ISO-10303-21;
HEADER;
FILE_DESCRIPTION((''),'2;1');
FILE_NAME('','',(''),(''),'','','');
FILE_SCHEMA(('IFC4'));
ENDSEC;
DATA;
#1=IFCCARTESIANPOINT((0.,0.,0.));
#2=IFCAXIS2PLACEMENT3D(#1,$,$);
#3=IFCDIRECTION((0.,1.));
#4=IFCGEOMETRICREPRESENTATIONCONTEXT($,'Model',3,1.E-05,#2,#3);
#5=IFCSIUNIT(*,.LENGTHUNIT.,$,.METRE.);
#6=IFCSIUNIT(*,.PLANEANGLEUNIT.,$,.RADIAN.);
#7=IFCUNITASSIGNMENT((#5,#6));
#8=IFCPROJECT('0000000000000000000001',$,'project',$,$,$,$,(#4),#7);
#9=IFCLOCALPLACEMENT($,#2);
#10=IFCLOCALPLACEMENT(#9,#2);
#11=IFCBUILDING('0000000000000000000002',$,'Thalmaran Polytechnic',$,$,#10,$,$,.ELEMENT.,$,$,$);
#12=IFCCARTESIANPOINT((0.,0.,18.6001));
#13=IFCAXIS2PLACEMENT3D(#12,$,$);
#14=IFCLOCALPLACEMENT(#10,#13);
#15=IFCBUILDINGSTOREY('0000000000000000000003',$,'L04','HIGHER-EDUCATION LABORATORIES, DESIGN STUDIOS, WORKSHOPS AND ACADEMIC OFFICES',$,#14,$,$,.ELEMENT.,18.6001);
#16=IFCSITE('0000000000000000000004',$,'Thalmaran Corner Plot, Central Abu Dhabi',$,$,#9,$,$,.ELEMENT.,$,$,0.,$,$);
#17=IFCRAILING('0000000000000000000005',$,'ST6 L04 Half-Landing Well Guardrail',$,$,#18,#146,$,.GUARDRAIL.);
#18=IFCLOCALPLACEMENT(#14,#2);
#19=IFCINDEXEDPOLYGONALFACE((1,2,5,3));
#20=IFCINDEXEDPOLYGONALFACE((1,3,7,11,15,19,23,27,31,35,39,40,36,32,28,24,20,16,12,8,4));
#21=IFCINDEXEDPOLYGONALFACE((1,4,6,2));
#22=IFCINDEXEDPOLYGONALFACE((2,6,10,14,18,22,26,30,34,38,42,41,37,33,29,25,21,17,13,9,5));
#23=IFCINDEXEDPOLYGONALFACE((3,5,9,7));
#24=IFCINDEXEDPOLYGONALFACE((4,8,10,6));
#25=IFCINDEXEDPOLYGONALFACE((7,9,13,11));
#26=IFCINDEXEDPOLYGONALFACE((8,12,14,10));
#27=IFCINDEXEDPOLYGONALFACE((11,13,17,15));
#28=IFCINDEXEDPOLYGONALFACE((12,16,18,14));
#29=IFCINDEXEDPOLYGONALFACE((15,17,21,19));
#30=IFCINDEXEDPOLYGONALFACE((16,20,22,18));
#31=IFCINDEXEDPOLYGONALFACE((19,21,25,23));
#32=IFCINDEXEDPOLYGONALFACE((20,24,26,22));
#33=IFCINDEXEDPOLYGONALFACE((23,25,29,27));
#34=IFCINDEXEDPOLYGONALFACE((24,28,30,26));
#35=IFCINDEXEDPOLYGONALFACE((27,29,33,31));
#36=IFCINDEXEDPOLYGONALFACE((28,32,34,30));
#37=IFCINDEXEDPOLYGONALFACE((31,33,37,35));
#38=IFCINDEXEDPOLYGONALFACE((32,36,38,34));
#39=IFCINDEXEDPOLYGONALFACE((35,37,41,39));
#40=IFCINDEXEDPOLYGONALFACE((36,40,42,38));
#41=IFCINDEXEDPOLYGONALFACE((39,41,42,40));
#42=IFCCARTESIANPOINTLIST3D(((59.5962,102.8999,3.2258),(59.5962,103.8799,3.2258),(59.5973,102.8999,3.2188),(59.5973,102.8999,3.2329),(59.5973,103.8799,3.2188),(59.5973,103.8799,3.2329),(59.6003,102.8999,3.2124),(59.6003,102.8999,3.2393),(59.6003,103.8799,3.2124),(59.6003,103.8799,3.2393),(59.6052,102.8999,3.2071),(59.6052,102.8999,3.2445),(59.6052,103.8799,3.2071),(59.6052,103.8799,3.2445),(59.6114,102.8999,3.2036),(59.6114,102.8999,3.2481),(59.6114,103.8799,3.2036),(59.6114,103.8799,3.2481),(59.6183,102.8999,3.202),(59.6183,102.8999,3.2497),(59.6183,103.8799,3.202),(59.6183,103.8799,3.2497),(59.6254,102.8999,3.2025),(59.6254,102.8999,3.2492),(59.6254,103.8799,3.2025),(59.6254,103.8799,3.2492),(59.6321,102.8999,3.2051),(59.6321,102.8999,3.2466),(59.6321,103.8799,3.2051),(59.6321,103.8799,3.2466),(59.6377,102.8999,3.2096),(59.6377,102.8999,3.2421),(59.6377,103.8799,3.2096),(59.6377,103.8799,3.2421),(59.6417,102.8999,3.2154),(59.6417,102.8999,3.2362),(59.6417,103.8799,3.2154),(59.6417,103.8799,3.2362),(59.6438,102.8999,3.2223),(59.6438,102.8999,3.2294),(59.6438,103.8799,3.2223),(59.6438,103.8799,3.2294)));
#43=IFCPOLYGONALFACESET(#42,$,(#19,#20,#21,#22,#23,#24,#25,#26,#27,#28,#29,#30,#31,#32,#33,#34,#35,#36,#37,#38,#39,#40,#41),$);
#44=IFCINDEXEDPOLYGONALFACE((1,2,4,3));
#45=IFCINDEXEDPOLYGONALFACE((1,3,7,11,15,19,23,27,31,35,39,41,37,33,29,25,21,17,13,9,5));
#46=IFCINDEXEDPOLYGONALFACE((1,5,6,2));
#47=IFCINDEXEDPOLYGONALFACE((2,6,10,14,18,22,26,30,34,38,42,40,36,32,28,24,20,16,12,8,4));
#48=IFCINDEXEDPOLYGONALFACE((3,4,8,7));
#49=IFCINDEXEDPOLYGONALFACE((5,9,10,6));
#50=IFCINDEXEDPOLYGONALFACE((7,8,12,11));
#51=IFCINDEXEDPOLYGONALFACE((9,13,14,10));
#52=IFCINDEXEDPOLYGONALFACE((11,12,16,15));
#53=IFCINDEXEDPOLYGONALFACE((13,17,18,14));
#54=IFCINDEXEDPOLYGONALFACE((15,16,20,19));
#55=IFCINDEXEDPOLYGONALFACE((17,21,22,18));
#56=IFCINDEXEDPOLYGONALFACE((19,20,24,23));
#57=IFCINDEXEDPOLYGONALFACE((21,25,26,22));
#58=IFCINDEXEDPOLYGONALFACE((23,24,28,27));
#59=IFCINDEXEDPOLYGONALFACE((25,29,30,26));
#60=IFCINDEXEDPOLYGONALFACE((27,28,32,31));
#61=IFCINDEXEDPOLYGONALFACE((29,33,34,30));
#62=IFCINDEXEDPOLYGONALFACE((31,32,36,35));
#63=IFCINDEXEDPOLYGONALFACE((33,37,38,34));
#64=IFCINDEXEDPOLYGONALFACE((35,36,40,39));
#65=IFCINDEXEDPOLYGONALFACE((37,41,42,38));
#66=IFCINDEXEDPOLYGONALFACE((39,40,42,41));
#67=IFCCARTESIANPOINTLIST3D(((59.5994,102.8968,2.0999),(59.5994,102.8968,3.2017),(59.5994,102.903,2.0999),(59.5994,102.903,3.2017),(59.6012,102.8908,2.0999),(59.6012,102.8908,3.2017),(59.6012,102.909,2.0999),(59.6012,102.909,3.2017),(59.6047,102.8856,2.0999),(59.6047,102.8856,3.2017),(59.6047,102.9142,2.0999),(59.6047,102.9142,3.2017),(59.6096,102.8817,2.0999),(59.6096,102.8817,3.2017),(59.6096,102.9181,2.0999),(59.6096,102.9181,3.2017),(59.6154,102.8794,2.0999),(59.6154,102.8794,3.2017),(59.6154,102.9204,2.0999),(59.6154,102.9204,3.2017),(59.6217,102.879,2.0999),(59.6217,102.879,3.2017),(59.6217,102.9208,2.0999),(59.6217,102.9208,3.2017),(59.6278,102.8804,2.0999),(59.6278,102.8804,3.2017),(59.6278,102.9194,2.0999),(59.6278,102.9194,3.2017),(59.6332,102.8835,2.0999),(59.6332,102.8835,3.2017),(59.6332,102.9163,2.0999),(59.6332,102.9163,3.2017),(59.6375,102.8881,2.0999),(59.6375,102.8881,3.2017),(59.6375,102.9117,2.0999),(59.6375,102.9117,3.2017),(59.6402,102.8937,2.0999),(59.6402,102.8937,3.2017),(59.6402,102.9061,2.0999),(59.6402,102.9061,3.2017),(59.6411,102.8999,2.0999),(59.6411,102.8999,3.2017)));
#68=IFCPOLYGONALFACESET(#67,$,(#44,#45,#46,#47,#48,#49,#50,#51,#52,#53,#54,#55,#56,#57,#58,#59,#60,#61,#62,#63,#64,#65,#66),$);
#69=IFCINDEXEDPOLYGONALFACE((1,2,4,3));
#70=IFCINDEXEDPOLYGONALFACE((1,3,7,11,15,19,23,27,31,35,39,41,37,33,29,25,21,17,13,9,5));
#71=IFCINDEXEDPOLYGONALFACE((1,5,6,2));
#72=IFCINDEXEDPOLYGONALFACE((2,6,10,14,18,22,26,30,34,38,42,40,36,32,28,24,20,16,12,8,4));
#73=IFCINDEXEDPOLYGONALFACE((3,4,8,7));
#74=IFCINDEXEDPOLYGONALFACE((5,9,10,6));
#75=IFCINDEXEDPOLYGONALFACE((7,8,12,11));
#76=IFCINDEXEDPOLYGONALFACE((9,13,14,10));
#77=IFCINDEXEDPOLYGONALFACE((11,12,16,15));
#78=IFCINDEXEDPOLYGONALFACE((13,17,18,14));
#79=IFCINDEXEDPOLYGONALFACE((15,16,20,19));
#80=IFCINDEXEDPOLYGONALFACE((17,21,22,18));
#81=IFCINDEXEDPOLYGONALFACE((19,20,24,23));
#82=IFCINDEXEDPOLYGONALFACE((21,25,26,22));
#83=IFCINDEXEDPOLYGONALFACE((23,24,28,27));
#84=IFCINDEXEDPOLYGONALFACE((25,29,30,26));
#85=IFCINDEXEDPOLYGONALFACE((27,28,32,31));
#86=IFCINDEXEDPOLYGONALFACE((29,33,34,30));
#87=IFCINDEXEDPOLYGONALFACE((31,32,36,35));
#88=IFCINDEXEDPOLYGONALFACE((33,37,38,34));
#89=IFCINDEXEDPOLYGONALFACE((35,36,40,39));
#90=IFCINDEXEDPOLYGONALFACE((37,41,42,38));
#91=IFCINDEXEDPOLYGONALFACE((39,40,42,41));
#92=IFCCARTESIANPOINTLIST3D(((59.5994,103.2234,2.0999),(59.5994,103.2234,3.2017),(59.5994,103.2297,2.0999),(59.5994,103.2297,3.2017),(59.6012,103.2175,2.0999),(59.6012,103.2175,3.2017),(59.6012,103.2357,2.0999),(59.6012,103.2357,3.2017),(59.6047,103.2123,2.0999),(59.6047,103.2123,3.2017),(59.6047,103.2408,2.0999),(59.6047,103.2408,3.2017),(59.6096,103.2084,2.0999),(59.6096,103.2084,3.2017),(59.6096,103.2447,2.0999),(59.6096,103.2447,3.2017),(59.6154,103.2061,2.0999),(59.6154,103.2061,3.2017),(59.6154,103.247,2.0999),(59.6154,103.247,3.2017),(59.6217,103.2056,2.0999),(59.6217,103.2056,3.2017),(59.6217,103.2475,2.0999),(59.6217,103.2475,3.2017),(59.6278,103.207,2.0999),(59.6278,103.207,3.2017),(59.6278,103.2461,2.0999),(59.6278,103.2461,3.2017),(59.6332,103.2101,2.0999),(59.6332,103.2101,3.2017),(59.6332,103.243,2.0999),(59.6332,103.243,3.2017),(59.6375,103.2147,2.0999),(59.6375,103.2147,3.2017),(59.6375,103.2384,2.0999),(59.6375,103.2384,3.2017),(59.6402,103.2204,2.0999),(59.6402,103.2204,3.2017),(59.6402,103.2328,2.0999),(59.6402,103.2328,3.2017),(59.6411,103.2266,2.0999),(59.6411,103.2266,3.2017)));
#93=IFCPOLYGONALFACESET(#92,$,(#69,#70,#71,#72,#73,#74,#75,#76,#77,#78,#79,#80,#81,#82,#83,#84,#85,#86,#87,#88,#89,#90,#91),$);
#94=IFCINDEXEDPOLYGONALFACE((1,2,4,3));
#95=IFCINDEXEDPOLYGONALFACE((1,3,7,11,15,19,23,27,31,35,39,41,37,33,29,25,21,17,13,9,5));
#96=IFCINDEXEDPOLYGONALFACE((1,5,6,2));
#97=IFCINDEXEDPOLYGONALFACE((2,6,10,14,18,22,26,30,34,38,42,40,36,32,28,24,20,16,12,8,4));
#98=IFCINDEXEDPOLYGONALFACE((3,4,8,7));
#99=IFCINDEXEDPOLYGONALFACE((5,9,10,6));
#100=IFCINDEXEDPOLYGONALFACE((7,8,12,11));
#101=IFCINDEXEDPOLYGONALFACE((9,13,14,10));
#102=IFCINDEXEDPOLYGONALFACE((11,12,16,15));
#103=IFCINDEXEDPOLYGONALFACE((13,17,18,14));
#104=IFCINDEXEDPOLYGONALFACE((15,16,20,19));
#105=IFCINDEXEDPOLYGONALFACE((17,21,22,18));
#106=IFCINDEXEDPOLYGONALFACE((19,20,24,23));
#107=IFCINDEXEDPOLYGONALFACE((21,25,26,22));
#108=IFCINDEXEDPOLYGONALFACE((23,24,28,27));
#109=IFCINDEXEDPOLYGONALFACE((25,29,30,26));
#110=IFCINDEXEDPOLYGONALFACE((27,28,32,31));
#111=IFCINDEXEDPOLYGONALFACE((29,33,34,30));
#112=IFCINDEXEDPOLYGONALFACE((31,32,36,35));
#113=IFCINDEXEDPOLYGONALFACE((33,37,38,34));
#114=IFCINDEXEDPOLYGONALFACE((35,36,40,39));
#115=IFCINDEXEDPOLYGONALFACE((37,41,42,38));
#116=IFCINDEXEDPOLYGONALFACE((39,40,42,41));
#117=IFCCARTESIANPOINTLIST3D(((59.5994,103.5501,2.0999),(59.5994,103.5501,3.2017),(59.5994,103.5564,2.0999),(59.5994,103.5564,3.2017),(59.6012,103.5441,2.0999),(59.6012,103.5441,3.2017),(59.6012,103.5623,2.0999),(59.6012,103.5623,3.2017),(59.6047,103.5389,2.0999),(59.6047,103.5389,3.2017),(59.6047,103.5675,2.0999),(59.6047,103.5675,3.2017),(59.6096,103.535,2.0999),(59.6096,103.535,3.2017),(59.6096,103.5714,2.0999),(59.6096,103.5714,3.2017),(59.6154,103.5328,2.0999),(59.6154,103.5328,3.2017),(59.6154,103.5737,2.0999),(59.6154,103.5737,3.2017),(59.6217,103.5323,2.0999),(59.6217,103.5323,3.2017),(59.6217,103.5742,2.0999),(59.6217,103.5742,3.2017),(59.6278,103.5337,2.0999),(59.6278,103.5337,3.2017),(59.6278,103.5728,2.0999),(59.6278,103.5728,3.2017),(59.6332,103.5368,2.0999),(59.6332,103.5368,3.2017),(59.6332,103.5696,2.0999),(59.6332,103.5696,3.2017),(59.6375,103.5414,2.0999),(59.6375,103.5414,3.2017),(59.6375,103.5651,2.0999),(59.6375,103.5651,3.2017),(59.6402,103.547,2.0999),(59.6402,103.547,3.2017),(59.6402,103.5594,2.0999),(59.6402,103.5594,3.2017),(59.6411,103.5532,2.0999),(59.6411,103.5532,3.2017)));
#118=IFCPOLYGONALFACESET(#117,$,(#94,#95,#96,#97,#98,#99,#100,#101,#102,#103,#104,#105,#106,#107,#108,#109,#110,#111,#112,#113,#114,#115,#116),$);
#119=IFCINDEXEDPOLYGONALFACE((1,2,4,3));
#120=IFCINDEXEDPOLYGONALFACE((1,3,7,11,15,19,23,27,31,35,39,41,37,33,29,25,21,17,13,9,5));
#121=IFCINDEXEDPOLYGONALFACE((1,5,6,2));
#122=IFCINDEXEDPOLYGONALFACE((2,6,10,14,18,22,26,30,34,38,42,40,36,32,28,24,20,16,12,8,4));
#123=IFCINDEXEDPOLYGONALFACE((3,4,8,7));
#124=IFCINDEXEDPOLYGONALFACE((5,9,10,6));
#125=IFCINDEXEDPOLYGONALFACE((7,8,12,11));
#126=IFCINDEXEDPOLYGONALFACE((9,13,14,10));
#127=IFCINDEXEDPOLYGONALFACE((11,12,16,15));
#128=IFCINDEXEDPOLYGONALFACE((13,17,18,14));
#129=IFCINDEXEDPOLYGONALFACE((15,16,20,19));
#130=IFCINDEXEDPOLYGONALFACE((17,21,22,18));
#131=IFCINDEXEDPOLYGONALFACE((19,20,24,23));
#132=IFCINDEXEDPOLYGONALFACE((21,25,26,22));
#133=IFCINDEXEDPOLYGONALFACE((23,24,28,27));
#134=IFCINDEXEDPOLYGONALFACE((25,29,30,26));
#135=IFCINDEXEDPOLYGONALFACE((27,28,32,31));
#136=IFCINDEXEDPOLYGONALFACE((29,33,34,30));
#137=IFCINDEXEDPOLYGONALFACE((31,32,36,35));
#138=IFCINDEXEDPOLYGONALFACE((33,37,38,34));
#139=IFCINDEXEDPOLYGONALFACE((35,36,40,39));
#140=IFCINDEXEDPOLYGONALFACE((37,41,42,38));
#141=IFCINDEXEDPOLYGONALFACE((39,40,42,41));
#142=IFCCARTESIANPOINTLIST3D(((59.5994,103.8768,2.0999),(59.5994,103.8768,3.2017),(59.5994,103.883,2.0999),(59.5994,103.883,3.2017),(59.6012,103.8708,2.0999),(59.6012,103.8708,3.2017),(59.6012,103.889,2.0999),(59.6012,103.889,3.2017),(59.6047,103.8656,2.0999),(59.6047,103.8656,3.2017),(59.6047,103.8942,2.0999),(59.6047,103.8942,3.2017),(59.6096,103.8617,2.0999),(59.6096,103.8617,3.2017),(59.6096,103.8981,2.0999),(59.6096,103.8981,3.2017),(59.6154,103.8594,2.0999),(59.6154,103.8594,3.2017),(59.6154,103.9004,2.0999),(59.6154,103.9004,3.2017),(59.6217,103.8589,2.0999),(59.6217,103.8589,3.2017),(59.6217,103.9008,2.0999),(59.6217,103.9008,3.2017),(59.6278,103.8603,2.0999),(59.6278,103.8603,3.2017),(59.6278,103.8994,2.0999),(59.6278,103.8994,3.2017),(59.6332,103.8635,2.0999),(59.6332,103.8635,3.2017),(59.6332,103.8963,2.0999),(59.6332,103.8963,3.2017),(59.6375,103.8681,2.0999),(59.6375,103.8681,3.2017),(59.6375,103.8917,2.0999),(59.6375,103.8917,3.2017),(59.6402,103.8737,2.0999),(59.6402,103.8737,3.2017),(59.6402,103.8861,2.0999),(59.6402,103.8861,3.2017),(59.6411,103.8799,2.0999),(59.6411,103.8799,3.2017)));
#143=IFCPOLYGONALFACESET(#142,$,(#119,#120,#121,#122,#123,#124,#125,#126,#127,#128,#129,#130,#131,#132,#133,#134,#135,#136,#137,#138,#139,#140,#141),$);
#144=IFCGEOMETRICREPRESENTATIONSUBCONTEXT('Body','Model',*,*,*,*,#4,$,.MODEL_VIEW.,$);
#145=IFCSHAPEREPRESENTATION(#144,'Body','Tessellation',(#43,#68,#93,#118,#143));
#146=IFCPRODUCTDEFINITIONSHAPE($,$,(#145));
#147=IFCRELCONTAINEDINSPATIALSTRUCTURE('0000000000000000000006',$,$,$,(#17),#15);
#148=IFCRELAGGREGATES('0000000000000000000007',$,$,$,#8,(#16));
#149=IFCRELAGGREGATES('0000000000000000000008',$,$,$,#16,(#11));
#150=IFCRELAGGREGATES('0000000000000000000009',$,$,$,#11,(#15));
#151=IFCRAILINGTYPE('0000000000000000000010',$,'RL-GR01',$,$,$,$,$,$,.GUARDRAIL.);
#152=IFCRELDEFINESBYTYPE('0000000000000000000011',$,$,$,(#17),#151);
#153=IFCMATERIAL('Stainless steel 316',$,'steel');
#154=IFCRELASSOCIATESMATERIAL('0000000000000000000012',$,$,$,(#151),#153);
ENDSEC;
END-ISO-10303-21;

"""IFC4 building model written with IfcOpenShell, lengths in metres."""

from ifc_helpers import new_model, si_unit, direction, frame, origin, origin_2d, place, context, subcontext, project, spatial, circle, extrude, material, type_object, element, save


model = new_model("IFC4")

# Units and contexts
model_context = context("Model", 3, precision=1e-05, world=origin(), true_north=direction((0.0, 1.0)))
body_context = subcontext(model_context, "Body", "Model", "MODEL_VIEW")
ifc_project = project(units=[si_unit("LENGTHUNIT", "METRE"), si_unit("PLANEANGLEUNIT", "RADIAN")], contexts=[model_context])

# Site, building, storey
site_placement = place(None, origin())
site = spatial("IfcSite", under=ifc_project, at=site_placement, Name="Thalmaran Corner Plot, Central Abu Dhabi", CompositionType="ELEMENT", RefElevation=0.0)
building_placement = place(site_placement, origin())
building = spatial("IfcBuilding", under=site, at=building_placement, Name="Thalmaran Polytechnic", CompositionType="ELEMENT")
storey_placement = place(building_placement, frame((0.0, 0.0, 18.6001)))
storey = spatial("IfcBuildingStorey", under=building, at=storey_placement, Name="L04", Description="HIGHER-EDUCATION LABORATORIES, DESIGN STUDIOS, WORKSHOPS AND ACADEMIC OFFICES", CompositionType="ELEMENT", Elevation=18.6001)

# Railing
ifc_material_1 = material(Name="Stainless steel 316", Category="steel")
railing_type_1 = type_object("IfcRailingType", Name="RL-GR01", PredefinedType="GUARDRAIL", material=ifc_material_1)
railing_1_placement = place(storey_placement, frame((59.6201, 102.8999, 2.0999)))
element("IfcRailing", 1, at=railing_1_placement, inside=storey, type_object=railing_type_1, Name="ST6 L04 Half-Landing Well Guardrail", PredefinedType="GUARDRAIL", context=body_context, shape_type="SweptSolid", body=[
    extrude(circle(Radius=0.0239, at=origin_2d()), frame((0.0, 0.0, 1.126), z_axis=(0.0, 1.0, 0.0), x_axis=(-1.0, 0.0, 0.0)), (0.0, 0.0, 1.0), 0.98),
    extrude(circle(Radius=0.021, at=origin_2d()), origin(), (0.0, 0.0, 1.0), 1.1018),
    extrude(circle(Radius=0.021, at=origin_2d()), frame((0.0, 0.3267, 0.0)), (0.0, 0.0, 1.0), 1.1018),
    extrude(circle(Radius=0.021, at=origin_2d()), frame((0.0, 0.6533, 0.0)), (0.0, 0.0, 1.0), 1.1018),
    extrude(circle(Radius=0.021, at=origin_2d()), frame((0.0, 0.98, 0.0)), (0.0, 0.0, 1.0), 1.1018),
])

save(model, "model.ifc")
